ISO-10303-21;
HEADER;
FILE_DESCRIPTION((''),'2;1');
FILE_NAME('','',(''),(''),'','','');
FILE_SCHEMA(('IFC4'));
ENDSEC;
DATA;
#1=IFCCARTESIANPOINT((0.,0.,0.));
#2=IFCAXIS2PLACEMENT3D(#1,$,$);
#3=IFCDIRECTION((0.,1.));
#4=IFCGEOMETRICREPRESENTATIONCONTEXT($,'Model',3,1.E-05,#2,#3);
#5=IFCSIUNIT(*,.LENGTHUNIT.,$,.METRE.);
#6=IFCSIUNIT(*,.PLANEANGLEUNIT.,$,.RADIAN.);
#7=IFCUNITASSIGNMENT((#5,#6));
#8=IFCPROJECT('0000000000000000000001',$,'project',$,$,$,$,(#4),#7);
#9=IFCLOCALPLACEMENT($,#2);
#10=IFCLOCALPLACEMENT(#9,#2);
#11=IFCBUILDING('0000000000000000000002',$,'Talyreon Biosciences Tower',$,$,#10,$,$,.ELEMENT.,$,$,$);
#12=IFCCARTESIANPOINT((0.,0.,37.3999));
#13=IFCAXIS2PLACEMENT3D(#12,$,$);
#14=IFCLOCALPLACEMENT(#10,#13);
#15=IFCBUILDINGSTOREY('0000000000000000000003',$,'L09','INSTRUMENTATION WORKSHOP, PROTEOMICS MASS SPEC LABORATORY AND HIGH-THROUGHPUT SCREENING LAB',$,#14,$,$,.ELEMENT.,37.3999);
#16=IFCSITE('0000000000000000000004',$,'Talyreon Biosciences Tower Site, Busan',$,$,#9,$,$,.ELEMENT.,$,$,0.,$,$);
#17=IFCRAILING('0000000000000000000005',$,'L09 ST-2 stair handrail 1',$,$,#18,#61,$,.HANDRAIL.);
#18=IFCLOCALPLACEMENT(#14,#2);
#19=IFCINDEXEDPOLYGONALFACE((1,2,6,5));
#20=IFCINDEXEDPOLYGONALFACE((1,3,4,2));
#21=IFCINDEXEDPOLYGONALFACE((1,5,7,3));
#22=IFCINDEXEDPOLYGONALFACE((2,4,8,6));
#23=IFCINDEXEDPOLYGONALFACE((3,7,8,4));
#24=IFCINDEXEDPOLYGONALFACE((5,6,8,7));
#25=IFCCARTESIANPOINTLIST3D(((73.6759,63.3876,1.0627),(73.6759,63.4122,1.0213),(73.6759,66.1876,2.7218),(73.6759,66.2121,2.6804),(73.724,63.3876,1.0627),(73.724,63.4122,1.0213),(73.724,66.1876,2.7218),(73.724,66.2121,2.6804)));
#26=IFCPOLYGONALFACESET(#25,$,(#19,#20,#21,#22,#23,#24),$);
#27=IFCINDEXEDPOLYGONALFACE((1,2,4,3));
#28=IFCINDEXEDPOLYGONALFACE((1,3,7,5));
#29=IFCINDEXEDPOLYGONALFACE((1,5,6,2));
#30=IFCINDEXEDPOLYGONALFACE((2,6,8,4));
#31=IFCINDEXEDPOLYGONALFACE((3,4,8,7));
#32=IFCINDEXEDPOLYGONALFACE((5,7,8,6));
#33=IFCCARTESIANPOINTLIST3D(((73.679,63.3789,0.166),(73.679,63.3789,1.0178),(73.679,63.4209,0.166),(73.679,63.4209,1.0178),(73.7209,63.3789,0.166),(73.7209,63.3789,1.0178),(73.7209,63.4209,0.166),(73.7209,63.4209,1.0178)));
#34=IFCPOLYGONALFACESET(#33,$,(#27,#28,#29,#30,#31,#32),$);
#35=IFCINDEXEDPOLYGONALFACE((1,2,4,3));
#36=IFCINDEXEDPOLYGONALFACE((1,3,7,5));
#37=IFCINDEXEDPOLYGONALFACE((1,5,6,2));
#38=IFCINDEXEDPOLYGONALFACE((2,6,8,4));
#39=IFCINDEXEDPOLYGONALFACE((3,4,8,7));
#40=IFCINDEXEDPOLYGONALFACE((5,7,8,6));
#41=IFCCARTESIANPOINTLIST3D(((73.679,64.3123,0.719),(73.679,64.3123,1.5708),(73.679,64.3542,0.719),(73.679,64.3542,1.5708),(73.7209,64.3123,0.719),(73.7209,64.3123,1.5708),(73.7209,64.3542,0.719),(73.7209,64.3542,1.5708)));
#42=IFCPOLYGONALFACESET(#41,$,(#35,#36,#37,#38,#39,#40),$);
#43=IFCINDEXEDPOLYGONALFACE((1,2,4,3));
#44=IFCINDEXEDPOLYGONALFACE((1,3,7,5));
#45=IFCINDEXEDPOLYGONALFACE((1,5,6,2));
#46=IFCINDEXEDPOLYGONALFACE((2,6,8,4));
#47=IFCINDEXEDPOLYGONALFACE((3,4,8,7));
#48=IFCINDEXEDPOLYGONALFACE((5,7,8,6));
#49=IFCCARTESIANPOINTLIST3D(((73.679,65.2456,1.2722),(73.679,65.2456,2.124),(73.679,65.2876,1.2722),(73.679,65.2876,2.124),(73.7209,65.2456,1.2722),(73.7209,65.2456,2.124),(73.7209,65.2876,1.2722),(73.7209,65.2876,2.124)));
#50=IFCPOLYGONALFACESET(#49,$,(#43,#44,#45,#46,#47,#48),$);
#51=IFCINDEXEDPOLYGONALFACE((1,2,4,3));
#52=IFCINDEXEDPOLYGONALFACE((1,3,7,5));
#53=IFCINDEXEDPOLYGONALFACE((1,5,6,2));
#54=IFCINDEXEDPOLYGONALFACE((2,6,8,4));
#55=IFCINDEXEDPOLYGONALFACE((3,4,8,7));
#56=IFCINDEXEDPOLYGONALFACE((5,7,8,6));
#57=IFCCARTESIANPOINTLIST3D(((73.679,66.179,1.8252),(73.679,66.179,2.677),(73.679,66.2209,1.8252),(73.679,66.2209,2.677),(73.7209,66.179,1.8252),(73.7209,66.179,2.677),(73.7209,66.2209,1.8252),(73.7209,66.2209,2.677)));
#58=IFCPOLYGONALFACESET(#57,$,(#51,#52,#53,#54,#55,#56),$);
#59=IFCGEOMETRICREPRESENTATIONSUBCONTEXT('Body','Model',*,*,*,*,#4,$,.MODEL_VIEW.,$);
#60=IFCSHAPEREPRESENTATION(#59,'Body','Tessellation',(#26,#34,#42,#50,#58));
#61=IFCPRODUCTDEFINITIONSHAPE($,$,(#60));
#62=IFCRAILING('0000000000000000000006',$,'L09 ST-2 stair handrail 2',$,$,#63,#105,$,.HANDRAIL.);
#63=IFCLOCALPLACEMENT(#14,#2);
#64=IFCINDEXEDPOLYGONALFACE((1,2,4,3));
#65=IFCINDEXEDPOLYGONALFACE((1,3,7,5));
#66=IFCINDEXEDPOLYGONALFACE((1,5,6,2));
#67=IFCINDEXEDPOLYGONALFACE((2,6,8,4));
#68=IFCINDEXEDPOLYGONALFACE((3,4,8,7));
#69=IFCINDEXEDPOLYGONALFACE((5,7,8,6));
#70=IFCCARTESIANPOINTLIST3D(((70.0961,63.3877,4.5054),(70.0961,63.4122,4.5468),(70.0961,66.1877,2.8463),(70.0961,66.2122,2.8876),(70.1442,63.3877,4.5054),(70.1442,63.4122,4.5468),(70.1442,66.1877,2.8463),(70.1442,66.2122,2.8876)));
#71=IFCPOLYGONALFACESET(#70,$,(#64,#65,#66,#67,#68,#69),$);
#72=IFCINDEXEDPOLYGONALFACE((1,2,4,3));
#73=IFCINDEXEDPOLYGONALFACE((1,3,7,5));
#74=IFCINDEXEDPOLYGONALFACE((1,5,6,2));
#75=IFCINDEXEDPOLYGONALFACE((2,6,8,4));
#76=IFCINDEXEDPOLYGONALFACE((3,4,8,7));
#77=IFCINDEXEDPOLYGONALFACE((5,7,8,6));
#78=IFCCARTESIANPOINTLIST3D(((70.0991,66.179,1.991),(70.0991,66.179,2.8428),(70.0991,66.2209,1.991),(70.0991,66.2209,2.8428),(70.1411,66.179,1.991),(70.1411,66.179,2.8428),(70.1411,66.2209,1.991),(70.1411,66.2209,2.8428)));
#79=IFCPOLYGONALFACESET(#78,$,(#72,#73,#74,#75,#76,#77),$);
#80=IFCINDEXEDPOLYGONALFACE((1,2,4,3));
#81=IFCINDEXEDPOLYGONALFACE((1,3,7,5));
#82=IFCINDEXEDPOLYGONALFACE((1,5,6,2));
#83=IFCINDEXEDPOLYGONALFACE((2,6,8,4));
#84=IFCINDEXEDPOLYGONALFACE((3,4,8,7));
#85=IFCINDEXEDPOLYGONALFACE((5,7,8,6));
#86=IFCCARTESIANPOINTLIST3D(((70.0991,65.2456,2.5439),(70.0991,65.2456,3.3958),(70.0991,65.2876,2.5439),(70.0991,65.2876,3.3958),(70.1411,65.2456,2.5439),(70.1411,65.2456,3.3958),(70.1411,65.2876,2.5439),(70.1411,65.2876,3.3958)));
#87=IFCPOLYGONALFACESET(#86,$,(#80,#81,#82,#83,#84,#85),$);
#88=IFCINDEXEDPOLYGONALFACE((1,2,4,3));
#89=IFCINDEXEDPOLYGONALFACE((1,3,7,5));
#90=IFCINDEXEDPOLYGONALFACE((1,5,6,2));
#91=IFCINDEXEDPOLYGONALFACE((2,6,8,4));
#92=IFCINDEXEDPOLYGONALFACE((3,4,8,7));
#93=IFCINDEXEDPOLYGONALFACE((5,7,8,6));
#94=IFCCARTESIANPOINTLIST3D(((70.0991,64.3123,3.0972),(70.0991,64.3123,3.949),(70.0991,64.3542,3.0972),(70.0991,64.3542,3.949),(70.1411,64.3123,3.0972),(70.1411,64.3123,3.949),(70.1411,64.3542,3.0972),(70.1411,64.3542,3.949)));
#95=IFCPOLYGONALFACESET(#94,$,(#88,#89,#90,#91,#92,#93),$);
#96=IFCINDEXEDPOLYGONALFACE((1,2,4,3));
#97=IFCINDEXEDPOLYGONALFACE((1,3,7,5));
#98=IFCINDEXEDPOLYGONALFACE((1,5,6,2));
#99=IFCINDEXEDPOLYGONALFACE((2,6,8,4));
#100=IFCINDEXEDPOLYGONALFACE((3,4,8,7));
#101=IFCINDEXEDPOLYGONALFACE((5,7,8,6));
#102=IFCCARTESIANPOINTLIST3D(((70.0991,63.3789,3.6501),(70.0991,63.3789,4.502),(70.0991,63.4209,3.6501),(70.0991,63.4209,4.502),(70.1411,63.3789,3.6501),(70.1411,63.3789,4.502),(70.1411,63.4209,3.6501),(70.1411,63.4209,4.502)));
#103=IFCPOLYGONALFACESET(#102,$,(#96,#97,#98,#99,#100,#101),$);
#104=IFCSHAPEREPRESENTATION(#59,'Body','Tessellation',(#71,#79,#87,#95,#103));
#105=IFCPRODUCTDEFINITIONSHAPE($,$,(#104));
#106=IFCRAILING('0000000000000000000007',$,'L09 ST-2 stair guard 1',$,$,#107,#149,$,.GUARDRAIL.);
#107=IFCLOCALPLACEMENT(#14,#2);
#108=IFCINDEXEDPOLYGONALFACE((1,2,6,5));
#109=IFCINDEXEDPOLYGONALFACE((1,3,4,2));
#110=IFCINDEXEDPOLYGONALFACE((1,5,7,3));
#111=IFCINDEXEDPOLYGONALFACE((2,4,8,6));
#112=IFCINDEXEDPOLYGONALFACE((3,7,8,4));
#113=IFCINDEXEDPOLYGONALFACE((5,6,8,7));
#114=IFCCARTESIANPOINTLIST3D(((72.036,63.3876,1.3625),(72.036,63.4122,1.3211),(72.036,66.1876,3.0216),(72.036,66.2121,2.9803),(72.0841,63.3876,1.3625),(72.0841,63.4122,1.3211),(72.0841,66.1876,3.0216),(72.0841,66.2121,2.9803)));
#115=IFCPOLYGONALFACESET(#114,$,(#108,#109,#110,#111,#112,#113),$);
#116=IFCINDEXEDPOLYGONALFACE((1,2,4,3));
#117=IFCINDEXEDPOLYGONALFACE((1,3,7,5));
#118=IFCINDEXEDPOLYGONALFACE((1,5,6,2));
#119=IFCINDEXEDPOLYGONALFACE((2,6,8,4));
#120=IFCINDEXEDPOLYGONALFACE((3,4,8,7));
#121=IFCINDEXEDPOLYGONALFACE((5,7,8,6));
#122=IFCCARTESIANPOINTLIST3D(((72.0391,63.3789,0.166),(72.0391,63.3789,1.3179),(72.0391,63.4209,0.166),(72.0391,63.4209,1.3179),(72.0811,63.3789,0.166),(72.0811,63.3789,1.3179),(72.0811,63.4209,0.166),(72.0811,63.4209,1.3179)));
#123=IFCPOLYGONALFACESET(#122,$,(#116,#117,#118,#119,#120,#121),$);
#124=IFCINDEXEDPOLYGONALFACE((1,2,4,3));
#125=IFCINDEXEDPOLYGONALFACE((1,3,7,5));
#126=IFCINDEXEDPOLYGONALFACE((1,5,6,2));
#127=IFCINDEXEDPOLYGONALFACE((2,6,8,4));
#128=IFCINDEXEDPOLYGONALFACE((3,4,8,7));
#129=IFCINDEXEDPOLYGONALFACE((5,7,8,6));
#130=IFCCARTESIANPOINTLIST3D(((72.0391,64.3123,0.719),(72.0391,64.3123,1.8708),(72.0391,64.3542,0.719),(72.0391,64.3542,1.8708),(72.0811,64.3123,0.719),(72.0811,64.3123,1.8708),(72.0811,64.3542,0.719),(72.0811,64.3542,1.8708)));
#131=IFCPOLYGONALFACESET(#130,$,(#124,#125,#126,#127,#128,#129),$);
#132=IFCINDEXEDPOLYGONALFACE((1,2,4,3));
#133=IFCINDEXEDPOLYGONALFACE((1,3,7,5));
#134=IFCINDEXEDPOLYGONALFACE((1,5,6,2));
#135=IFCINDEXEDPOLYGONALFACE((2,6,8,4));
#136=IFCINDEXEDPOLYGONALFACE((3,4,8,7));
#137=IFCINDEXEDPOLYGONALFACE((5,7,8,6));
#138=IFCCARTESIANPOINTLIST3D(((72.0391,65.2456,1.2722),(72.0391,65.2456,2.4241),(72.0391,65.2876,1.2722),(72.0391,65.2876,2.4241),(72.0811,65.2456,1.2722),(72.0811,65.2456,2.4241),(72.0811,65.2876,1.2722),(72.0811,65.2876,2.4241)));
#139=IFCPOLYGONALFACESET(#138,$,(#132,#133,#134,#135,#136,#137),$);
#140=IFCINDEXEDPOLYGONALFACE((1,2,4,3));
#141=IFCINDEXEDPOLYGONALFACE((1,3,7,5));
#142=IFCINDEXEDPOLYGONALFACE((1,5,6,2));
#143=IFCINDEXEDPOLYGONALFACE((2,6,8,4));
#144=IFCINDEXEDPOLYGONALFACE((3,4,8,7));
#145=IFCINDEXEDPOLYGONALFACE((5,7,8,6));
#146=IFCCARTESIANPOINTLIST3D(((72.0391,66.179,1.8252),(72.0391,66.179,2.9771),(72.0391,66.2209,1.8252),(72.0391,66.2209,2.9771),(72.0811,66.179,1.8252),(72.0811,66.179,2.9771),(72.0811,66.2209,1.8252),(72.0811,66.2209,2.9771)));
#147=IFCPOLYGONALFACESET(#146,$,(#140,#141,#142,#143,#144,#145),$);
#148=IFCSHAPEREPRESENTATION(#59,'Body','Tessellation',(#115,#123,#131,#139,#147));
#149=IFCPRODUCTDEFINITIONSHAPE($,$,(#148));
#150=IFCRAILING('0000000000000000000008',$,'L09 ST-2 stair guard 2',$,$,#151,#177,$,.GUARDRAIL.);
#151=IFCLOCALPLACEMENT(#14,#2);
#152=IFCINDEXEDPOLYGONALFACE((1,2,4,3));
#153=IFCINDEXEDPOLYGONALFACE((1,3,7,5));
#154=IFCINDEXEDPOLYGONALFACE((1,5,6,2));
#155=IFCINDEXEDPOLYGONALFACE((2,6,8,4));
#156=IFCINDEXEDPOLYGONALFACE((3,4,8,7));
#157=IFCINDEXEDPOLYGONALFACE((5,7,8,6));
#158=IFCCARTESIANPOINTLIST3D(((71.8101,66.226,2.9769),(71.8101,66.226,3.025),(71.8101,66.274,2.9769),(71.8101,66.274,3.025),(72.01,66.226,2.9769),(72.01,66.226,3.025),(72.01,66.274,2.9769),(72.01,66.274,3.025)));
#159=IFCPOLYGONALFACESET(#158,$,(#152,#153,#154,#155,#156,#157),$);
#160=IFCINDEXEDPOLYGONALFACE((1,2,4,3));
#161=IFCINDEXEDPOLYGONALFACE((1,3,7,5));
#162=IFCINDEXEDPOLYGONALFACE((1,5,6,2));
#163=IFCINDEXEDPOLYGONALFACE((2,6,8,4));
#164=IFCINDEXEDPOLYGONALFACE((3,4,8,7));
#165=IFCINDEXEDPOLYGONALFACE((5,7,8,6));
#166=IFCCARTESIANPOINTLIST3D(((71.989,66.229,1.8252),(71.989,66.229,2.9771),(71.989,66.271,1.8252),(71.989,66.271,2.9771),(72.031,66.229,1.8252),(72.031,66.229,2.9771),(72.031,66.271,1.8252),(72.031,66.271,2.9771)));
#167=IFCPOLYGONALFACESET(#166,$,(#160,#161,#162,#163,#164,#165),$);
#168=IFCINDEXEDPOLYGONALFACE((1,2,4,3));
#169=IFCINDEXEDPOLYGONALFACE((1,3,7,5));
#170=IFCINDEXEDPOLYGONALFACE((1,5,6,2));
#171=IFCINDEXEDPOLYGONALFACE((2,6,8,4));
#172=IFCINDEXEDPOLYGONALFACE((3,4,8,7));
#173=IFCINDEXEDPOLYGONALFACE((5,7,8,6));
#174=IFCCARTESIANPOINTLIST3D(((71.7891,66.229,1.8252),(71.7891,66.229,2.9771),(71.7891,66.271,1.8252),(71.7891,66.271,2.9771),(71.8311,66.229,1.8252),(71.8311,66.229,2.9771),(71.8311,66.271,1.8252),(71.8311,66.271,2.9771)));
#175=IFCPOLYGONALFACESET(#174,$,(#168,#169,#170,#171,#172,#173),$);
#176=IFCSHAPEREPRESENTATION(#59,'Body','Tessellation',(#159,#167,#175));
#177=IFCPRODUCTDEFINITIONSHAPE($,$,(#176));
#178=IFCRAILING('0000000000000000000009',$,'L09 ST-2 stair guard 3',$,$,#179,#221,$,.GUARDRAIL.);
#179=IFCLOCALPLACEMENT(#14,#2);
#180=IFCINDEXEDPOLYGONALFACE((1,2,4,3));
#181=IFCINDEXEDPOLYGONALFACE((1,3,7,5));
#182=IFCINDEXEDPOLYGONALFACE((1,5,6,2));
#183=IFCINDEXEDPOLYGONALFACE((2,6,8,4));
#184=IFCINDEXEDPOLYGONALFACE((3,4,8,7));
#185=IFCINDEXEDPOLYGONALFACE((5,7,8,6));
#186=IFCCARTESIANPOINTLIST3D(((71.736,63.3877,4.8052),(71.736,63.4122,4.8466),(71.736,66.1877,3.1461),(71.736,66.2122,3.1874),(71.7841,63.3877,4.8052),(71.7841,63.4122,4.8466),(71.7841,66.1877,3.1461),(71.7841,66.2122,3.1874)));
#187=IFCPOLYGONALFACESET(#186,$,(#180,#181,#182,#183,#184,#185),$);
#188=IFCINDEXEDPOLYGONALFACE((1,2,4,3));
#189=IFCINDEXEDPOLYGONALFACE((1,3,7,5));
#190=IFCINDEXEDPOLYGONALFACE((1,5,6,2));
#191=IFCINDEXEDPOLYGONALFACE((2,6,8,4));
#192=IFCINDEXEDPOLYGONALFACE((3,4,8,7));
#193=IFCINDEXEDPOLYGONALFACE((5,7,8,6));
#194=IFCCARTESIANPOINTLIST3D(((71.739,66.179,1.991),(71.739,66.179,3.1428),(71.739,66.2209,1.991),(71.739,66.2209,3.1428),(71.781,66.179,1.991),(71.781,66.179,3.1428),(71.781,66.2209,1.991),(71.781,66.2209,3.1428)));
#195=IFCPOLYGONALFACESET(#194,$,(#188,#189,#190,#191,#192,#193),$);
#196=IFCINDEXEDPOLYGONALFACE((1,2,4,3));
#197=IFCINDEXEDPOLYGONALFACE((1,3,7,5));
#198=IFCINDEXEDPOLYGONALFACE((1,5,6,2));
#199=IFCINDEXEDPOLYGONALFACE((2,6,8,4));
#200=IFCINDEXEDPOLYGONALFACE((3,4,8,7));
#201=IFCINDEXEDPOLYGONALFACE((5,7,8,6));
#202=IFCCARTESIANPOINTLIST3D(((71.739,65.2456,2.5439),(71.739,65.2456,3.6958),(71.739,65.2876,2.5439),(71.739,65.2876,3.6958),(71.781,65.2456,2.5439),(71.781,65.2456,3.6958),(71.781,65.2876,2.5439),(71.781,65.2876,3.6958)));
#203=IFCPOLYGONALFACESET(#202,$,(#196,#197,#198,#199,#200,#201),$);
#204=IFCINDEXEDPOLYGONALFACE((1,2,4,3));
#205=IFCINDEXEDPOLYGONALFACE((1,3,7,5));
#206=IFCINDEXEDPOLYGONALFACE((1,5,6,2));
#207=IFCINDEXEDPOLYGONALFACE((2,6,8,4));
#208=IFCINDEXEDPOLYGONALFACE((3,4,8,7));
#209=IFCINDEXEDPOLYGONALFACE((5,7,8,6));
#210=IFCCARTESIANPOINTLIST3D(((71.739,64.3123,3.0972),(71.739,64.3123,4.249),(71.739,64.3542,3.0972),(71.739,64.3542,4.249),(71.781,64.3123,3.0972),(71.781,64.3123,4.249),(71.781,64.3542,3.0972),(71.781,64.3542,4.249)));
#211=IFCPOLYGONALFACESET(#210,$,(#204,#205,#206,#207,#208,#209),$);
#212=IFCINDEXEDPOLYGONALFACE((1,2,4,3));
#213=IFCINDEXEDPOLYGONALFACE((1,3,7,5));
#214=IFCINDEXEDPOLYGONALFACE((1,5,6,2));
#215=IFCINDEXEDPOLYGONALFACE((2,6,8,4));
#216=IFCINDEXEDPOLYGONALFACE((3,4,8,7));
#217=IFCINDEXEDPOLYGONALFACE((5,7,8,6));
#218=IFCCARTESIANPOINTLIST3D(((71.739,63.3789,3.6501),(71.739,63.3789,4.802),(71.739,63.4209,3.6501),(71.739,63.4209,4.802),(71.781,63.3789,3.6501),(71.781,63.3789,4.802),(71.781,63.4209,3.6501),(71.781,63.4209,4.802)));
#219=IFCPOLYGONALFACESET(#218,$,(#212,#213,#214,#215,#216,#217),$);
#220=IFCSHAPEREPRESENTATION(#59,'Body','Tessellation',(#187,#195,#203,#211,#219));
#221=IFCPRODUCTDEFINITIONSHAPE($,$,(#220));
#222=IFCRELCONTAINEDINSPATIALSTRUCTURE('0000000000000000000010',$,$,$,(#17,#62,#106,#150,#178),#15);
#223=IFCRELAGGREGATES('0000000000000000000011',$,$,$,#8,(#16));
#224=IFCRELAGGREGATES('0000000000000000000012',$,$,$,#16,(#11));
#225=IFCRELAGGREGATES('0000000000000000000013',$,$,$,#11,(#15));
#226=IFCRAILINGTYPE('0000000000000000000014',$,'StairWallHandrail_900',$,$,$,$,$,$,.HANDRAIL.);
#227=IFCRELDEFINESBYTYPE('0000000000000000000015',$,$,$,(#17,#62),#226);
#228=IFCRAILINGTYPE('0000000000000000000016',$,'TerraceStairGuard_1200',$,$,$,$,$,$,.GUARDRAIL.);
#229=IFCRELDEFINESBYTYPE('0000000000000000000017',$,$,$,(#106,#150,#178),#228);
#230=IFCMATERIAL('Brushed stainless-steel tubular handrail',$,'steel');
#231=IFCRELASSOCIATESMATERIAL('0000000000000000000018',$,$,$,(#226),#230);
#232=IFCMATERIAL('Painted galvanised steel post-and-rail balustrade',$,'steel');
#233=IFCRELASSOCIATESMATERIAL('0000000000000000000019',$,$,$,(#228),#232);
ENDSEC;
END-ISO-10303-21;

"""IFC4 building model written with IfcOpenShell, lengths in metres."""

from ifc_helpers import new_model, si_unit, direction, frame, origin, origin_2d, place, context, subcontext, project, spatial, rectangle, extrude, material, type_object, element, save


model = new_model("IFC4")

# Units and contexts
model_context = context("Model", 3, precision=1e-05, world=origin(), true_north=direction((0.0, 1.0)))
body_context = subcontext(model_context, "Body", "Model", "MODEL_VIEW")
ifc_project = project(units=[si_unit("LENGTHUNIT", "METRE"), si_unit("PLANEANGLEUNIT", "RADIAN")], contexts=[model_context])

# Site, building, storey
site_placement = place(None, origin())
site = spatial("IfcSite", under=ifc_project, at=site_placement, Name="Talyreon Biosciences Tower Site, Busan", CompositionType="ELEMENT", RefElevation=0.0)
building_placement = place(site_placement, origin())
building = spatial("IfcBuilding", under=site, at=building_placement, Name="Talyreon Biosciences Tower", CompositionType="ELEMENT")
storey_placement = place(building_placement, frame((0.0, 0.0, 37.3999)))
storey = spatial("IfcBuildingStorey", under=building, at=storey_placement, Name="L09", Description="INSTRUMENTATION WORKSHOP, PROTEOMICS MASS SPEC LABORATORY AND HIGH-THROUGHPUT SCREENING LAB", CompositionType="ELEMENT", Elevation=37.3999)

# Railings
ifc_material_1 = material(Name="Brushed stainless-steel tubular handrail", Category="steel")
railing_type_1 = type_object("IfcRailingType", Name="StairWallHandrail_900", PredefinedType="HANDRAIL", material=ifc_material_1)
railing_1_placement = place(storey_placement, frame((73.7, 63.3999, 0.166)))
element("IfcRailing", 1, at=railing_1_placement, inside=storey, type_object=railing_type_1, Name="L09 ST-2 stair handrail 1", PredefinedType="HANDRAIL", context=body_context, shape_type="SweptSolid", body=[
    extrude(rectangle(XDim=0.0481, YDim=0.0481, at=origin_2d()), frame((0.0, 0.0, 0.876), z_axis=(0.0, 0.860306, 0.509778), x_axis=(-1.0, 0.0, 0.0)), (0.0, 0.0, 1.0), 3.2546),
    extrude(rectangle(XDim=0.042, YDim=0.042, at=origin_2d()), origin(), (0.0, 0.0, 1.0), 0.8518),
    extrude(rectangle(XDim=0.042, YDim=0.042, at=origin_2d()), frame((0.0, 0.9333, 0.553)), (0.0, 0.0, 1.0), 0.8518),
    extrude(rectangle(XDim=0.042, YDim=0.042, at=origin_2d()), frame((0.0, 1.8667, 1.1062)), (0.0, 0.0, 1.0), 0.8518),
    extrude(rectangle(XDim=0.042, YDim=0.042, at=origin_2d()), frame((0.0, 2.8, 1.6592)), (0.0, 0.0, 1.0), 0.8518),
])
railing_2_placement = place(storey_placement, frame((70.1201, 66.2, 1.991)))
element("IfcRailing", 2, at=railing_2_placement, inside=storey, type_object=railing_type_1, Name="L09 ST-2 stair handrail 2", PredefinedType="HANDRAIL", context=body_context, shape_type="SweptSolid", body=[
    extrude(rectangle(XDim=0.0481, YDim=0.0481, at=origin_2d()), frame((0.0, 0.0, 0.876), z_axis=(0.0, -0.860306, 0.509778), x_axis=(1.0, 0.0, 0.0)), (0.0, 0.0, 1.0), 3.2546),
    extrude(rectangle(XDim=0.042, YDim=0.042, at=origin_2d()), origin(), (0.0, 0.0, 1.0), 0.8518),
    extrude(rectangle(XDim=0.042, YDim=0.042, at=origin_2d()), frame((0.0, -0.9333, 0.553)), (0.0, 0.0, 1.0), 0.8518),
    extrude(rectangle(XDim=0.042, YDim=0.042, at=origin_2d()), frame((0.0, -1.8667, 1.1062)), (0.0, 0.0, 1.0), 0.8518),
    extrude(rectangle(XDim=0.042, YDim=0.042, at=origin_2d()), frame((0.0, -2.8, 1.6592)), (0.0, 0.0, 1.0), 0.8518),
])
ifc_material_2 = material(Name="Painted galvanised steel post-and-rail balustrade", Category="steel")
railing_type_2 = type_object("IfcRailingType", Name="TerraceStairGuard_1200", PredefinedType="GUARDRAIL", material=ifc_material_2)
railing_3_placement = place(storey_placement, frame((72.0601, 63.3999, 0.166)))
element("IfcRailing", 3, at=railing_3_placement, inside=storey, type_object=railing_type_2, Name="L09 ST-2 stair guard 1", PredefinedType="GUARDRAIL", context=body_context, shape_type="SweptSolid", body=[
    extrude(rectangle(XDim=0.0481, YDim=0.0481, at=origin_2d()), frame((0.0, 0.0, 1.1758), z_axis=(0.0, 0.860306, 0.509778), x_axis=(-1.0, 0.0, 0.0)), (0.0, 0.0, 1.0), 3.2546),
    extrude(rectangle(XDim=0.042, YDim=0.042, at=origin_2d()), origin(), (0.0, 0.0, 1.0), 1.1519),
    extrude(rectangle(XDim=0.042, YDim=0.042, at=origin_2d()), frame((0.0, 0.9333, 0.553)), (0.0, 0.0, 1.0), 1.1519),
    extrude(rectangle(XDim=0.042, YDim=0.042, at=origin_2d()), frame((0.0, 1.8667, 1.1062)), (0.0, 0.0, 1.0), 1.1519),
    extrude(rectangle(XDim=0.042, YDim=0.042, at=origin_2d()), frame((0.0, 2.8, 1.6592)), (0.0, 0.0, 1.0), 1.1519),
])
railing_4_placement = place(storey_placement, frame((72.01, 66.25, 1.8252)))
element("IfcRailing", 4, at=railing_4_placement, inside=storey, type_object=railing_type_2, Name="L09 ST-2 stair guard 2", PredefinedType="GUARDRAIL", context=body_context, shape_type="SweptSolid", body=[
    extrude(rectangle(XDim=0.0481, YDim=0.0481, at=origin_2d()), frame((0.0, 0.0, 1.1758), z_axis=(-1.0, 0.0, 0.0), x_axis=(0.0, -1.0, 0.0)), (0.0, 0.0, 1.0), 0.2),
    extrude(rectangle(XDim=0.042, YDim=0.042, at=origin_2d()), origin(), (0.0, 0.0, 1.0), 1.1519),
    extrude(rectangle(XDim=0.042, YDim=0.042, at=origin_2d()), frame((-0.2, 0.0, 0.0)), (0.0, 0.0, 1.0), 1.1519),
])
railing_5_placement = place(storey_placement, frame((71.76, 66.2, 1.991)))
element("IfcRailing", 5, at=railing_5_placement, inside=storey, type_object=railing_type_2, Name="L09 ST-2 stair guard 3", PredefinedType="GUARDRAIL", context=body_context, shape_type="SweptSolid", body=[
    extrude(rectangle(XDim=0.0481, YDim=0.0481, at=origin_2d()), frame((0.0, 0.0, 1.1758), z_axis=(0.0, -0.860306, 0.509778), x_axis=(1.0, 0.0, 0.0)), (0.0, 0.0, 1.0), 3.2546),
    extrude(rectangle(XDim=0.042, YDim=0.042, at=origin_2d()), origin(), (0.0, 0.0, 1.0), 1.1519),
    extrude(rectangle(XDim=0.042, YDim=0.042, at=origin_2d()), frame((0.0, -0.9333, 0.553)), (0.0, 0.0, 1.0), 1.1519),
    extrude(rectangle(XDim=0.042, YDim=0.042, at=origin_2d()), frame((0.0, -1.8667, 1.1062)), (0.0, 0.0, 1.0), 1.1519),
    extrude(rectangle(XDim=0.042, YDim=0.042, at=origin_2d()), frame((0.0, -2.8, 1.6592)), (0.0, 0.0, 1.0), 1.1519),
])

save(model, "model.ifc")
